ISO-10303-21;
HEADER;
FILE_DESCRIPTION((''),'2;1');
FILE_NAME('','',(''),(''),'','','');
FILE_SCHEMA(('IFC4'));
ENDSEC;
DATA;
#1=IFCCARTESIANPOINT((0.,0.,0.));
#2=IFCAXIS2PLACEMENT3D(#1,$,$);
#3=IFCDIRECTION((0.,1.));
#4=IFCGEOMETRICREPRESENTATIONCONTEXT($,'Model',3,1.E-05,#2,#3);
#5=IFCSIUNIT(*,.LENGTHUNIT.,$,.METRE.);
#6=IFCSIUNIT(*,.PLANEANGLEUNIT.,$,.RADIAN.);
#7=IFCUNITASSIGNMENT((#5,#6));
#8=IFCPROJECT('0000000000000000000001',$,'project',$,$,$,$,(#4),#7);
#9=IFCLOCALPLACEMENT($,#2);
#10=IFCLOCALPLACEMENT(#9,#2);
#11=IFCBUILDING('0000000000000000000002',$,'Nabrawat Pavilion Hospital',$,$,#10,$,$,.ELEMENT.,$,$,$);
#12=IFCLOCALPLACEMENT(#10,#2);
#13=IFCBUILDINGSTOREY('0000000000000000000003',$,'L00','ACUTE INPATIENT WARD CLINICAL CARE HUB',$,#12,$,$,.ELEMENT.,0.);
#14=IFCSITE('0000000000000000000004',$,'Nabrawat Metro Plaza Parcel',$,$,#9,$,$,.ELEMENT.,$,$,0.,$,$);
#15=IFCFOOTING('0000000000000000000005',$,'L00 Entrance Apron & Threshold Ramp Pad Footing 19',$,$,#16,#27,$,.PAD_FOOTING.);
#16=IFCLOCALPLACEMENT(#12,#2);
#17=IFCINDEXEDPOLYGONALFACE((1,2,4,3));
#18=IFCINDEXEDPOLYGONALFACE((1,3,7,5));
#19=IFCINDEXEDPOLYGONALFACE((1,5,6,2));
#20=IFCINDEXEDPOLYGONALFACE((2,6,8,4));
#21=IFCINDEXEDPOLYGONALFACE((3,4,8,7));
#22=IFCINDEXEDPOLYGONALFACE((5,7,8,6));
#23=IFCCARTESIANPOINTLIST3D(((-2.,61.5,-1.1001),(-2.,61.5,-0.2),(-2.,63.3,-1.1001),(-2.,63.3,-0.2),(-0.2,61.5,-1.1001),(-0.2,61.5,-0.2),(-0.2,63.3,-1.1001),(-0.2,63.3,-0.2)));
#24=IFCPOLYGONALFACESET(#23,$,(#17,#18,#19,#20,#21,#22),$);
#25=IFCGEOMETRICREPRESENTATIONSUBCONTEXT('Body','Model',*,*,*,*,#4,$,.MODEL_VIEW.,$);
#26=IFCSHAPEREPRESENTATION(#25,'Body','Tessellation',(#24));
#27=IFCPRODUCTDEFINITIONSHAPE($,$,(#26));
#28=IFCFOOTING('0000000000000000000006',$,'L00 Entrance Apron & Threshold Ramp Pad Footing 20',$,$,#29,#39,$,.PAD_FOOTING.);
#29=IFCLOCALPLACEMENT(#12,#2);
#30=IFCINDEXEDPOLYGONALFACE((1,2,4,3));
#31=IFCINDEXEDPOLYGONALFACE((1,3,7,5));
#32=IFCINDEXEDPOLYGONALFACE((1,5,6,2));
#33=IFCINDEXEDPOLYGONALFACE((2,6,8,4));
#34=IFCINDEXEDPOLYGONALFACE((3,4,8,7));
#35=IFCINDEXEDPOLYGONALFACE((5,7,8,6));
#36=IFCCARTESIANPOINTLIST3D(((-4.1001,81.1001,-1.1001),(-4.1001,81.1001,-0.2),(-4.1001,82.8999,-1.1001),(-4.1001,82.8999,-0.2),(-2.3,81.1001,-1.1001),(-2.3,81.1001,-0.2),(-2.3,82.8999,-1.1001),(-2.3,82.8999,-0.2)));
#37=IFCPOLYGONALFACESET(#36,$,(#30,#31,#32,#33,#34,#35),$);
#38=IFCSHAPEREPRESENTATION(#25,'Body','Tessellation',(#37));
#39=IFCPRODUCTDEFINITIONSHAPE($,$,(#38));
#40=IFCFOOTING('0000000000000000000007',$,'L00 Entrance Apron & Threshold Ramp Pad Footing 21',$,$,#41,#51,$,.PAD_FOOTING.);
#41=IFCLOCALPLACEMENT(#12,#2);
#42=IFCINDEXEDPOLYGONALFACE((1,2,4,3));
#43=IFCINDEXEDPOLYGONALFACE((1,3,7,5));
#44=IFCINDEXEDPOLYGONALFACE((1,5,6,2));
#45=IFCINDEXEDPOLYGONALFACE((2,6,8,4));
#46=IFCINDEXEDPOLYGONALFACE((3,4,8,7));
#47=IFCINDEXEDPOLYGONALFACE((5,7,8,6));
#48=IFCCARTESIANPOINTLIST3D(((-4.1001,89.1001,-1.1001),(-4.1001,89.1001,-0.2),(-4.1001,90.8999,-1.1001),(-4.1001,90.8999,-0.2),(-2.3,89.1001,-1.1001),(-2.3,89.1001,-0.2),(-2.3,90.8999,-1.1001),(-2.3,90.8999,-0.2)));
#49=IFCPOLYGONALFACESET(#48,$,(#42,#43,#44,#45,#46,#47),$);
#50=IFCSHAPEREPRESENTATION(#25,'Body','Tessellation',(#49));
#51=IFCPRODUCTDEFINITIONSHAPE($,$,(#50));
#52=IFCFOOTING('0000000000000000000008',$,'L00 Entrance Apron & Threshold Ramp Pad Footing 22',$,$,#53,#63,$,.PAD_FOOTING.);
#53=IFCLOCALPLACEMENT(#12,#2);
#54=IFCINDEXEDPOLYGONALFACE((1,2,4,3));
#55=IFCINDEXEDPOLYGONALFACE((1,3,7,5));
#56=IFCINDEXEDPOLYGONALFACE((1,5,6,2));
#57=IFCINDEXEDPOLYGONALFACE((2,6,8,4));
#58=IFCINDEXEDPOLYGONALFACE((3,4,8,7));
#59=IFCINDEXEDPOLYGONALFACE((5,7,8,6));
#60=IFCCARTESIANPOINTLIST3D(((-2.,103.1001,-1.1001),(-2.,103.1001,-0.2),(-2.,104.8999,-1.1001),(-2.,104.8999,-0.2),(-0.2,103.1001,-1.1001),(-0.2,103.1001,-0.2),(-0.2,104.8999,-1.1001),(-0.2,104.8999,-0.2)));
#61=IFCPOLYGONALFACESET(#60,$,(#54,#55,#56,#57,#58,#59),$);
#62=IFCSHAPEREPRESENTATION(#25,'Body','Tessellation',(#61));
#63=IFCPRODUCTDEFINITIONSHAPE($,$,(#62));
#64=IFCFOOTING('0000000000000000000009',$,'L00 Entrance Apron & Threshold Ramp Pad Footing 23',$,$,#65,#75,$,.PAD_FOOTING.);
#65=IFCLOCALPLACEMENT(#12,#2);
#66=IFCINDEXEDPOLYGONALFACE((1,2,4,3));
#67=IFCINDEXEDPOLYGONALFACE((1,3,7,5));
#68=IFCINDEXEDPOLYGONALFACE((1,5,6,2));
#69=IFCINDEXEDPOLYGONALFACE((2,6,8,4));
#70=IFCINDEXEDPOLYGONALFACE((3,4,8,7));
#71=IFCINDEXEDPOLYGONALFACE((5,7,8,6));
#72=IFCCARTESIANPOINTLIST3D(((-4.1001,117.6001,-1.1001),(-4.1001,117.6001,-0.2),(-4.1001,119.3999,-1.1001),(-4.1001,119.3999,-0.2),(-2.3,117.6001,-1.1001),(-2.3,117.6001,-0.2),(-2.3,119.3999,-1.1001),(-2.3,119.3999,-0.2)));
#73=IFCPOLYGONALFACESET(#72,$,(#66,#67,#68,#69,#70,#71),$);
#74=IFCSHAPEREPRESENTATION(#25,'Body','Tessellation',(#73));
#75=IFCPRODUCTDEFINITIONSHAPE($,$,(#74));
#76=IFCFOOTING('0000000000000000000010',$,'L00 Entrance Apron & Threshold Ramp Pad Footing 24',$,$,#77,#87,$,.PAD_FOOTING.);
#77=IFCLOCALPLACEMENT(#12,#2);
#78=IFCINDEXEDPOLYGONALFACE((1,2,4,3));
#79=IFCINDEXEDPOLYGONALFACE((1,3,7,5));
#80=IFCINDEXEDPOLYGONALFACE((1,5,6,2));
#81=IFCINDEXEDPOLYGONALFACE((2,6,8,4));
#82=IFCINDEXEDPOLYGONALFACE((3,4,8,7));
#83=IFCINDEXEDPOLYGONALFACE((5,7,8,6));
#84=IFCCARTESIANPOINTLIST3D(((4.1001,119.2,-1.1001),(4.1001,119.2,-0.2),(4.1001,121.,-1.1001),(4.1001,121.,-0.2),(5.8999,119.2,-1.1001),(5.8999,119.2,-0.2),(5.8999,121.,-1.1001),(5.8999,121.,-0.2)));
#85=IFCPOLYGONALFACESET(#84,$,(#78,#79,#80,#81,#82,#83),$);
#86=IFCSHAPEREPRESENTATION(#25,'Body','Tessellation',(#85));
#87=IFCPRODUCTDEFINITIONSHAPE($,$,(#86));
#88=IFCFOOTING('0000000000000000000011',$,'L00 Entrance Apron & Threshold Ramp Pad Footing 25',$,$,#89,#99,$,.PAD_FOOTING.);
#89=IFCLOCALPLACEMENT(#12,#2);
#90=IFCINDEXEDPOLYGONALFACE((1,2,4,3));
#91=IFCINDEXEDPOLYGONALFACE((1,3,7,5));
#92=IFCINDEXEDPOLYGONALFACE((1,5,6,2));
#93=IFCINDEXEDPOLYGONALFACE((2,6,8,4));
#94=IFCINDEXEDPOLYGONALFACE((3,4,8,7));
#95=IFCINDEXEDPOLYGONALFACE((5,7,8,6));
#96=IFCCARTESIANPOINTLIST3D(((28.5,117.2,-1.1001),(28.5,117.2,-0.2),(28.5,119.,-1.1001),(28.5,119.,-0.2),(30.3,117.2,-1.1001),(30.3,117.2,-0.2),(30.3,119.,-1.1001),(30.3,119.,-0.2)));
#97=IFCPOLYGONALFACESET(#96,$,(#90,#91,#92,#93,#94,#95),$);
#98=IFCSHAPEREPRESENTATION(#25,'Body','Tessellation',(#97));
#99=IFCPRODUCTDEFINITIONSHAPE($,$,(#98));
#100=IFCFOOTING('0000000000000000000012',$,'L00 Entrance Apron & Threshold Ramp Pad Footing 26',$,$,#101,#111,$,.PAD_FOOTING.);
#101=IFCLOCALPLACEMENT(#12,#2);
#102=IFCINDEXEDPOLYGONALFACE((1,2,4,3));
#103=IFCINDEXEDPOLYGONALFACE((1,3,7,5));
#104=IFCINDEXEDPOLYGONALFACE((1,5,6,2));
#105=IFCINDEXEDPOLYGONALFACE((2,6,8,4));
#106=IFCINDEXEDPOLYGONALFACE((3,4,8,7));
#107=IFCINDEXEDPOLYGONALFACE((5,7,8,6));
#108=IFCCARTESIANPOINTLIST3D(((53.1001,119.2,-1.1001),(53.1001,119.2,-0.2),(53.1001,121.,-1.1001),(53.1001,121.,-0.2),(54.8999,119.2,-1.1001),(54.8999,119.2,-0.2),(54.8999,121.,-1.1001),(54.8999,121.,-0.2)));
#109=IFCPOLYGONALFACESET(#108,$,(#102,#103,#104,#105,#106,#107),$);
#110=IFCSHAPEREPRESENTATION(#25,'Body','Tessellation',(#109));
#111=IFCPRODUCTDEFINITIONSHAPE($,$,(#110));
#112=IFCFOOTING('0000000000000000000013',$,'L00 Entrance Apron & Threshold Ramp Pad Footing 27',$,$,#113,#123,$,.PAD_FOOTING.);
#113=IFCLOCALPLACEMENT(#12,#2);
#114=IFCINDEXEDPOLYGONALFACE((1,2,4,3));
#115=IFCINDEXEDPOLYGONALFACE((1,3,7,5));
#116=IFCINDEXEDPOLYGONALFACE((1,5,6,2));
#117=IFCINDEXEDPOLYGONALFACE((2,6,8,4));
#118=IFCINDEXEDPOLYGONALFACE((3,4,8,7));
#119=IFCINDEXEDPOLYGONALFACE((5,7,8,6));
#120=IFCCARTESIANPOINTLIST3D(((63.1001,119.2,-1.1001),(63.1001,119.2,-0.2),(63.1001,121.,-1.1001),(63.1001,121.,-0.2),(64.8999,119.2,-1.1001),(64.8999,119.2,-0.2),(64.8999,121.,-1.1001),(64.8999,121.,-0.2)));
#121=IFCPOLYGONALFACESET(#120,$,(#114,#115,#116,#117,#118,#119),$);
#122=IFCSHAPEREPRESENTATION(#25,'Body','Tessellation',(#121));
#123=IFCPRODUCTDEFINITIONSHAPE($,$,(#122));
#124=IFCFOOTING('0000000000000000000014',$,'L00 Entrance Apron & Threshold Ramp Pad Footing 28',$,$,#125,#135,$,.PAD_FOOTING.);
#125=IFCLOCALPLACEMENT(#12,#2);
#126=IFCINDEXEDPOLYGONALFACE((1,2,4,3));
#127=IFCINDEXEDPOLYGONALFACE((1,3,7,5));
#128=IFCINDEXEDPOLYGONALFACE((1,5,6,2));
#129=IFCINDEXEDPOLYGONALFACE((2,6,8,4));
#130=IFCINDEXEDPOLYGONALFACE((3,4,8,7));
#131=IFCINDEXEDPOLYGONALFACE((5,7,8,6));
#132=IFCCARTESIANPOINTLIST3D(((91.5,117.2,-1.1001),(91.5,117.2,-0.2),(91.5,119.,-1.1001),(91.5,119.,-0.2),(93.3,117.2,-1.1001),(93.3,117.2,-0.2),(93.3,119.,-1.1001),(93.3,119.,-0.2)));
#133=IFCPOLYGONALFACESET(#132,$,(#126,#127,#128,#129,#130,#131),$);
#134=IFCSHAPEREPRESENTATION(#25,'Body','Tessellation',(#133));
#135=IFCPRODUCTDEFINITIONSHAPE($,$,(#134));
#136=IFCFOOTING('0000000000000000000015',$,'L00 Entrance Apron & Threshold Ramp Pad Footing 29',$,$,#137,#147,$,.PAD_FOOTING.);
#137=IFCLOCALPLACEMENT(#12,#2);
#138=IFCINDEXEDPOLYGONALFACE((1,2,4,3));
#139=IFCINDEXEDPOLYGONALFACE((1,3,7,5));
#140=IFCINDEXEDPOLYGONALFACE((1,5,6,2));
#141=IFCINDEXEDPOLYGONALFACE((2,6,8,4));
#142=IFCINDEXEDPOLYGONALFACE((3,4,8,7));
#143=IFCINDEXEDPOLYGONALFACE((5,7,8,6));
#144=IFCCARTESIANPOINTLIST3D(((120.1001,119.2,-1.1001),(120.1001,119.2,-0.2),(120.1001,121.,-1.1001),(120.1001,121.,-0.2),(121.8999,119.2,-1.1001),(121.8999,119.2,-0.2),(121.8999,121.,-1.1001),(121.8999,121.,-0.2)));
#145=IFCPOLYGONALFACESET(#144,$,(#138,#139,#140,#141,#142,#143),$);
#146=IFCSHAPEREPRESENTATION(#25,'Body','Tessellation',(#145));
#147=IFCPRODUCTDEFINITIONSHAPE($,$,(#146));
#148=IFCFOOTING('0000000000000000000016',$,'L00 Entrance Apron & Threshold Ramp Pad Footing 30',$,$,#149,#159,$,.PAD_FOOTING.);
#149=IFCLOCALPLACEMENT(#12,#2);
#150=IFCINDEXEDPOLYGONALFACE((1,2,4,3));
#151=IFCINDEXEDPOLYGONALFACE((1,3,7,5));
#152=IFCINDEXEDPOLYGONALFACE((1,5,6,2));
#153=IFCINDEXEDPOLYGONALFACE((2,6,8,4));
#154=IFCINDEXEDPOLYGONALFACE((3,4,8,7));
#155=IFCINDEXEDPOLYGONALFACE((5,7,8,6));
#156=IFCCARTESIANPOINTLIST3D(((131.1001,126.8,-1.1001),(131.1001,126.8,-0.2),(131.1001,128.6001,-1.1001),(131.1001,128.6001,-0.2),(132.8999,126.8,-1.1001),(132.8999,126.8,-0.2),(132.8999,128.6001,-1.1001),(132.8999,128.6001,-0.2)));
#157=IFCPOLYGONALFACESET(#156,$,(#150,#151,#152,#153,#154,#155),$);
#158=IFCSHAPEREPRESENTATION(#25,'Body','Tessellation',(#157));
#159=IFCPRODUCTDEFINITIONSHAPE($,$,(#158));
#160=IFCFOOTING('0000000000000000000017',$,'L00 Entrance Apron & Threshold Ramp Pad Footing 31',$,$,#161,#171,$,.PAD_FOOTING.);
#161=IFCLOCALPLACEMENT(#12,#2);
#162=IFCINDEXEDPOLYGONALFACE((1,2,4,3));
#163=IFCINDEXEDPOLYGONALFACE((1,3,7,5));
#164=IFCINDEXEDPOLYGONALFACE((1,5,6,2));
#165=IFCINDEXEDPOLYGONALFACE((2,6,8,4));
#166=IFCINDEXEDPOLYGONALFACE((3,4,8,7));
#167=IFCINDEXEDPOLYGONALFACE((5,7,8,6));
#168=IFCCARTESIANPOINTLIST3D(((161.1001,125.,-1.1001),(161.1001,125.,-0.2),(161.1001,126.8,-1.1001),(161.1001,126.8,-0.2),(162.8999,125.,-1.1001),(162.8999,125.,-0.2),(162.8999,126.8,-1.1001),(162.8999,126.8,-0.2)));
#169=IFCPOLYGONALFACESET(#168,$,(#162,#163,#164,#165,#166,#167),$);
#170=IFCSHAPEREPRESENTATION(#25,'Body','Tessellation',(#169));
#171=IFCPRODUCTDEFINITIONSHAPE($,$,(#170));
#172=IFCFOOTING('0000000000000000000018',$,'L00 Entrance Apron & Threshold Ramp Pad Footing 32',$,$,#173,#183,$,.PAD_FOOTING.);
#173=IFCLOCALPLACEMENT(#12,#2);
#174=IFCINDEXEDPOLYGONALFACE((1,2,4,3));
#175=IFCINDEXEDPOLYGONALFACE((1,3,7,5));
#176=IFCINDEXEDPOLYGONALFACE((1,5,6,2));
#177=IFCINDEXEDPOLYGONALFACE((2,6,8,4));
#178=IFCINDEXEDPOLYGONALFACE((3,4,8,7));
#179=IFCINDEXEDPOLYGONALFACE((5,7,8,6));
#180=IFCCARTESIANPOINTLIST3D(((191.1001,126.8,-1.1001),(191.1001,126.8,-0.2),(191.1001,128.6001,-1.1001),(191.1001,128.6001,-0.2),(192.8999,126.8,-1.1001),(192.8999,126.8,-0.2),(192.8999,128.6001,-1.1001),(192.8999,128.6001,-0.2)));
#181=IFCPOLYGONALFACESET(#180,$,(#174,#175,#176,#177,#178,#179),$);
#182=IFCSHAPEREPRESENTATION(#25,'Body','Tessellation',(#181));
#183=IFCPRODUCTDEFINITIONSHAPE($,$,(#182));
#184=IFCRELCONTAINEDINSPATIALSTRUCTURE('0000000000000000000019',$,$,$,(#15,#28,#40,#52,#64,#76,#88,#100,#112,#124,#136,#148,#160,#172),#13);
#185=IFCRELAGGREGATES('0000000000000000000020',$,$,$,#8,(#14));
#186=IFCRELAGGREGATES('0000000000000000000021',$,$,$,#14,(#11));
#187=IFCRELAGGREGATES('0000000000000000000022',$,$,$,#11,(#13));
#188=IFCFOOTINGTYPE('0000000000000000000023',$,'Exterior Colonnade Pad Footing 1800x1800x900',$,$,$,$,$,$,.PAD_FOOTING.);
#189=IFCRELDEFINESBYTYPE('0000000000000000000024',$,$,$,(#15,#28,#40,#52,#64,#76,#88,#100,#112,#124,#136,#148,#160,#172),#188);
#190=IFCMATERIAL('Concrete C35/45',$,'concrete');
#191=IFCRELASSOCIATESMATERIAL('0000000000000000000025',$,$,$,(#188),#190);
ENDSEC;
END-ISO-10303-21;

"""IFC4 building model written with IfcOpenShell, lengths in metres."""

from ifc_helpers import new_model, si_unit, direction, frame, origin, place, context, subcontext, project, spatial, polyline, outline, extrude, material, type_object, element, save


model = new_model("IFC4")

# Units and contexts
model_context = context("Model", 3, precision=1e-05, world=origin(), true_north=direction((0.0, 1.0)))
body_context = subcontext(model_context, "Body", "Model", "MODEL_VIEW")
ifc_project = project(units=[si_unit("LENGTHUNIT", "METRE"), si_unit("PLANEANGLEUNIT", "RADIAN")], contexts=[model_context])

# Site, building, storey
site_placement = place(None, origin())
site = spatial("IfcSite", under=ifc_project, at=site_placement, Name="Nabrawat Metro Plaza Parcel", CompositionType="ELEMENT", RefElevation=0.0)
building_placement = place(site_placement, origin())
building = spatial("IfcBuilding", under=site, at=building_placement, Name="Nabrawat Pavilion Hospital", CompositionType="ELEMENT")
storey_placement = place(building_placement, origin())
storey = spatial("IfcBuildingStorey", under=building, at=storey_placement, Name="L00", Description="ACUTE INPATIENT WARD CLINICAL CARE HUB", CompositionType="ELEMENT", Elevation=0.0)

# Footings
ifc_material = material(Name="Concrete C35/45", Category="concrete")
footing_type = type_object("IfcFootingType", Name="Exterior Colonnade Pad Footing 1800x1800x900", PredefinedType="PAD_FOOTING", material=ifc_material)
footing_1_placement = place(storey_placement, frame((0.0, 0.0, -1.1001)))
element("IfcFooting", 1, at=footing_1_placement, inside=storey, type_object=footing_type, Name="L00 Entrance Apron & Threshold Ramp Pad Footing 19", PredefinedType="PAD_FOOTING", context=body_context, shape_type="SweptSolid", body=[
    extrude(outline(polyline([(-0.2, 61.5), (-0.2, 63.3), (-2.0, 63.3), (-2.0, 61.5), (-0.2, 61.5)])), origin(), (0.0, 0.0, 1.0), 0.9001),
])
footing_2_placement = place(storey_placement, frame((0.0, 0.0, -1.1001)))
element("IfcFooting", 2, at=footing_2_placement, inside=storey, type_object=footing_type, Name="L00 Entrance Apron & Threshold Ramp Pad Footing 20", PredefinedType="PAD_FOOTING", context=body_context, shape_type="SweptSolid", body=[
    extrude(outline(polyline([(-2.3, 81.1001), (-2.3, 82.8999), (-4.1001, 82.8999), (-4.1001, 81.1001), (-2.3, 81.1001)])), origin(), (0.0, 0.0, 1.0), 0.9001),
])
footing_3_placement = place(storey_placement, frame((0.0, 0.0, -1.1001)))
element("IfcFooting", 3, at=footing_3_placement, inside=storey, type_object=footing_type, Name="L00 Entrance Apron & Threshold Ramp Pad Footing 21", PredefinedType="PAD_FOOTING", context=body_context, shape_type="SweptSolid", body=[
    extrude(outline(polyline([(-2.3, 89.1001), (-2.3, 90.8999), (-4.1001, 90.8999), (-4.1001, 89.1001), (-2.3, 89.1001)])), origin(), (0.0, 0.0, 1.0), 0.9001),
])
footing_4_placement = place(storey_placement, frame((0.0, 0.0, -1.1001)))
element("IfcFooting", 4, at=footing_4_placement, inside=storey, type_object=footing_type, Name="L00 Entrance Apron & Threshold Ramp Pad Footing 22", PredefinedType="PAD_FOOTING", context=body_context, shape_type="SweptSolid", body=[
    extrude(outline(polyline([(-0.2, 103.1001), (-0.2, 104.8999), (-2.0, 104.8999), (-2.0, 103.1001), (-0.2, 103.1001)])), origin(), (0.0, 0.0, 1.0), 0.9001),
])
footing_5_placement = place(storey_placement, frame((0.0, 0.0, -1.1001)))
element("IfcFooting", 5, at=footing_5_placement, inside=storey, type_object=footing_type, Name="L00 Entrance Apron & Threshold Ramp Pad Footing 23", PredefinedType="PAD_FOOTING", context=body_context, shape_type="SweptSolid", body=[
    extrude(outline(polyline([(-2.3, 117.6001), (-2.3, 119.3999), (-4.1001, 119.3999), (-4.1001, 117.6001), (-2.3, 117.6001)])), origin(), (0.0, 0.0, 1.0), 0.9001),
])
footing_6_placement = place(storey_placement, frame((0.0, 0.0, -1.1001)))
element("IfcFooting", 6, at=footing_6_placement, inside=storey, type_object=footing_type, Name="L00 Entrance Apron & Threshold Ramp Pad Footing 24", PredefinedType="PAD_FOOTING", context=body_context, shape_type="SweptSolid", body=[
    extrude(outline(polyline([(5.8999, 119.2), (5.8999, 121.0), (4.1001, 121.0), (4.1001, 119.2), (5.8999, 119.2)])), origin(), (0.0, 0.0, 1.0), 0.9001),
])
footing_7_placement = place(storey_placement, frame((0.0, 0.0, -1.1001)))
element("IfcFooting", 7, at=footing_7_placement, inside=storey, type_object=footing_type, Name="L00 Entrance Apron & Threshold Ramp Pad Footing 25", PredefinedType="PAD_FOOTING", context=body_context, shape_type="SweptSolid", body=[
    extrude(outline(polyline([(30.3, 117.2), (30.3, 119.0), (28.5, 119.0), (28.5, 117.2), (30.3, 117.2)])), origin(), (0.0, 0.0, 1.0), 0.9001),
])
footing_8_placement = place(storey_placement, frame((0.0, 0.0, -1.1001)))
element("IfcFooting", 8, at=footing_8_placement, inside=storey, type_object=footing_type, Name="L00 Entrance Apron & Threshold Ramp Pad Footing 26", PredefinedType="PAD_FOOTING", context=body_context, shape_type="SweptSolid", body=[
    extrude(outline(polyline([(54.8999, 119.2), (54.8999, 121.0), (53.1001, 121.0), (53.1001, 119.2), (54.8999, 119.2)])), origin(), (0.0, 0.0, 1.0), 0.9001),
])
footing_9_placement = place(storey_placement, frame((0.0, 0.0, -1.1001)))
element("IfcFooting", 9, at=footing_9_placement, inside=storey, type_object=footing_type, Name="L00 Entrance Apron & Threshold Ramp Pad Footing 27", PredefinedType="PAD_FOOTING", context=body_context, shape_type="SweptSolid", body=[
    extrude(outline(polyline([(64.8999, 119.2), (64.8999, 121.0), (63.1001, 121.0), (63.1001, 119.2), (64.8999, 119.2)])), origin(), (0.0, 0.0, 1.0), 0.9001),
])
footing_10_placement = place(storey_placement, frame((0.0, 0.0, -1.1001)))
element("IfcFooting", 10, at=footing_10_placement, inside=storey, type_object=footing_type, Name="L00 Entrance Apron & Threshold Ramp Pad Footing 28", PredefinedType="PAD_FOOTING", context=body_context, shape_type="SweptSolid", body=[
    extrude(outline(polyline([(93.3, 117.2), (93.3, 119.0), (91.5, 119.0), (91.5, 117.2), (93.3, 117.2)])), origin(), (0.0, 0.0, 1.0), 0.9001),
])
footing_11_placement = place(storey_placement, frame((0.0, 0.0, -1.1001)))
element("IfcFooting", 11, at=footing_11_placement, inside=storey, type_object=footing_type, Name="L00 Entrance Apron & Threshold Ramp Pad Footing 29", PredefinedType="PAD_FOOTING", context=body_context, shape_type="SweptSolid", body=[
    extrude(outline(polyline([(121.8999, 119.2), (121.8999, 121.0), (120.1001, 121.0), (120.1001, 119.2), (121.8999, 119.2)])), origin(), (0.0, 0.0, 1.0), 0.9001),
])
footing_12_placement = place(storey_placement, frame((0.0, 0.0, -1.1001)))
element("IfcFooting", 12, at=footing_12_placement, inside=storey, type_object=footing_type, Name="L00 Entrance Apron & Threshold Ramp Pad Footing 30", PredefinedType="PAD_FOOTING", context=body_context, shape_type="SweptSolid", body=[
    extrude(outline(polyline([(132.8999, 126.8), (132.8999, 128.6001), (131.1001, 128.6001), (131.1001, 126.8), (132.8999, 126.8)])), origin(), (0.0, 0.0, 1.0), 0.9001),
])
footing_13_placement = place(storey_placement, frame((0.0, 0.0, -1.1001)))
element("IfcFooting", 13, at=footing_13_placement, inside=storey, type_object=footing_type, Name="L00 Entrance Apron & Threshold Ramp Pad Footing 31", PredefinedType="PAD_FOOTING", context=body_context, shape_type="SweptSolid", body=[
    extrude(outline(polyline([(162.8999, 125.0), (162.8999, 126.8), (161.1001, 126.8), (161.1001, 125.0), (162.8999, 125.0)])), origin(), (0.0, 0.0, 1.0), 0.9001),
])
footing_14_placement = place(storey_placement, frame((0.0, 0.0, -1.1001)))
element("IfcFooting", 14, at=footing_14_placement, inside=storey, type_object=footing_type, Name="L00 Entrance Apron & Threshold Ramp Pad Footing 32", PredefinedType="PAD_FOOTING", context=body_context, shape_type="SweptSolid", body=[
    extrude(outline(polyline([(192.8999, 126.8), (192.8999, 128.6001), (191.1001, 128.6001), (191.1001, 126.8), (192.8999, 126.8)])), origin(), (0.0, 0.0, 1.0), 0.9001),
])

save(model, "model.ifc")
